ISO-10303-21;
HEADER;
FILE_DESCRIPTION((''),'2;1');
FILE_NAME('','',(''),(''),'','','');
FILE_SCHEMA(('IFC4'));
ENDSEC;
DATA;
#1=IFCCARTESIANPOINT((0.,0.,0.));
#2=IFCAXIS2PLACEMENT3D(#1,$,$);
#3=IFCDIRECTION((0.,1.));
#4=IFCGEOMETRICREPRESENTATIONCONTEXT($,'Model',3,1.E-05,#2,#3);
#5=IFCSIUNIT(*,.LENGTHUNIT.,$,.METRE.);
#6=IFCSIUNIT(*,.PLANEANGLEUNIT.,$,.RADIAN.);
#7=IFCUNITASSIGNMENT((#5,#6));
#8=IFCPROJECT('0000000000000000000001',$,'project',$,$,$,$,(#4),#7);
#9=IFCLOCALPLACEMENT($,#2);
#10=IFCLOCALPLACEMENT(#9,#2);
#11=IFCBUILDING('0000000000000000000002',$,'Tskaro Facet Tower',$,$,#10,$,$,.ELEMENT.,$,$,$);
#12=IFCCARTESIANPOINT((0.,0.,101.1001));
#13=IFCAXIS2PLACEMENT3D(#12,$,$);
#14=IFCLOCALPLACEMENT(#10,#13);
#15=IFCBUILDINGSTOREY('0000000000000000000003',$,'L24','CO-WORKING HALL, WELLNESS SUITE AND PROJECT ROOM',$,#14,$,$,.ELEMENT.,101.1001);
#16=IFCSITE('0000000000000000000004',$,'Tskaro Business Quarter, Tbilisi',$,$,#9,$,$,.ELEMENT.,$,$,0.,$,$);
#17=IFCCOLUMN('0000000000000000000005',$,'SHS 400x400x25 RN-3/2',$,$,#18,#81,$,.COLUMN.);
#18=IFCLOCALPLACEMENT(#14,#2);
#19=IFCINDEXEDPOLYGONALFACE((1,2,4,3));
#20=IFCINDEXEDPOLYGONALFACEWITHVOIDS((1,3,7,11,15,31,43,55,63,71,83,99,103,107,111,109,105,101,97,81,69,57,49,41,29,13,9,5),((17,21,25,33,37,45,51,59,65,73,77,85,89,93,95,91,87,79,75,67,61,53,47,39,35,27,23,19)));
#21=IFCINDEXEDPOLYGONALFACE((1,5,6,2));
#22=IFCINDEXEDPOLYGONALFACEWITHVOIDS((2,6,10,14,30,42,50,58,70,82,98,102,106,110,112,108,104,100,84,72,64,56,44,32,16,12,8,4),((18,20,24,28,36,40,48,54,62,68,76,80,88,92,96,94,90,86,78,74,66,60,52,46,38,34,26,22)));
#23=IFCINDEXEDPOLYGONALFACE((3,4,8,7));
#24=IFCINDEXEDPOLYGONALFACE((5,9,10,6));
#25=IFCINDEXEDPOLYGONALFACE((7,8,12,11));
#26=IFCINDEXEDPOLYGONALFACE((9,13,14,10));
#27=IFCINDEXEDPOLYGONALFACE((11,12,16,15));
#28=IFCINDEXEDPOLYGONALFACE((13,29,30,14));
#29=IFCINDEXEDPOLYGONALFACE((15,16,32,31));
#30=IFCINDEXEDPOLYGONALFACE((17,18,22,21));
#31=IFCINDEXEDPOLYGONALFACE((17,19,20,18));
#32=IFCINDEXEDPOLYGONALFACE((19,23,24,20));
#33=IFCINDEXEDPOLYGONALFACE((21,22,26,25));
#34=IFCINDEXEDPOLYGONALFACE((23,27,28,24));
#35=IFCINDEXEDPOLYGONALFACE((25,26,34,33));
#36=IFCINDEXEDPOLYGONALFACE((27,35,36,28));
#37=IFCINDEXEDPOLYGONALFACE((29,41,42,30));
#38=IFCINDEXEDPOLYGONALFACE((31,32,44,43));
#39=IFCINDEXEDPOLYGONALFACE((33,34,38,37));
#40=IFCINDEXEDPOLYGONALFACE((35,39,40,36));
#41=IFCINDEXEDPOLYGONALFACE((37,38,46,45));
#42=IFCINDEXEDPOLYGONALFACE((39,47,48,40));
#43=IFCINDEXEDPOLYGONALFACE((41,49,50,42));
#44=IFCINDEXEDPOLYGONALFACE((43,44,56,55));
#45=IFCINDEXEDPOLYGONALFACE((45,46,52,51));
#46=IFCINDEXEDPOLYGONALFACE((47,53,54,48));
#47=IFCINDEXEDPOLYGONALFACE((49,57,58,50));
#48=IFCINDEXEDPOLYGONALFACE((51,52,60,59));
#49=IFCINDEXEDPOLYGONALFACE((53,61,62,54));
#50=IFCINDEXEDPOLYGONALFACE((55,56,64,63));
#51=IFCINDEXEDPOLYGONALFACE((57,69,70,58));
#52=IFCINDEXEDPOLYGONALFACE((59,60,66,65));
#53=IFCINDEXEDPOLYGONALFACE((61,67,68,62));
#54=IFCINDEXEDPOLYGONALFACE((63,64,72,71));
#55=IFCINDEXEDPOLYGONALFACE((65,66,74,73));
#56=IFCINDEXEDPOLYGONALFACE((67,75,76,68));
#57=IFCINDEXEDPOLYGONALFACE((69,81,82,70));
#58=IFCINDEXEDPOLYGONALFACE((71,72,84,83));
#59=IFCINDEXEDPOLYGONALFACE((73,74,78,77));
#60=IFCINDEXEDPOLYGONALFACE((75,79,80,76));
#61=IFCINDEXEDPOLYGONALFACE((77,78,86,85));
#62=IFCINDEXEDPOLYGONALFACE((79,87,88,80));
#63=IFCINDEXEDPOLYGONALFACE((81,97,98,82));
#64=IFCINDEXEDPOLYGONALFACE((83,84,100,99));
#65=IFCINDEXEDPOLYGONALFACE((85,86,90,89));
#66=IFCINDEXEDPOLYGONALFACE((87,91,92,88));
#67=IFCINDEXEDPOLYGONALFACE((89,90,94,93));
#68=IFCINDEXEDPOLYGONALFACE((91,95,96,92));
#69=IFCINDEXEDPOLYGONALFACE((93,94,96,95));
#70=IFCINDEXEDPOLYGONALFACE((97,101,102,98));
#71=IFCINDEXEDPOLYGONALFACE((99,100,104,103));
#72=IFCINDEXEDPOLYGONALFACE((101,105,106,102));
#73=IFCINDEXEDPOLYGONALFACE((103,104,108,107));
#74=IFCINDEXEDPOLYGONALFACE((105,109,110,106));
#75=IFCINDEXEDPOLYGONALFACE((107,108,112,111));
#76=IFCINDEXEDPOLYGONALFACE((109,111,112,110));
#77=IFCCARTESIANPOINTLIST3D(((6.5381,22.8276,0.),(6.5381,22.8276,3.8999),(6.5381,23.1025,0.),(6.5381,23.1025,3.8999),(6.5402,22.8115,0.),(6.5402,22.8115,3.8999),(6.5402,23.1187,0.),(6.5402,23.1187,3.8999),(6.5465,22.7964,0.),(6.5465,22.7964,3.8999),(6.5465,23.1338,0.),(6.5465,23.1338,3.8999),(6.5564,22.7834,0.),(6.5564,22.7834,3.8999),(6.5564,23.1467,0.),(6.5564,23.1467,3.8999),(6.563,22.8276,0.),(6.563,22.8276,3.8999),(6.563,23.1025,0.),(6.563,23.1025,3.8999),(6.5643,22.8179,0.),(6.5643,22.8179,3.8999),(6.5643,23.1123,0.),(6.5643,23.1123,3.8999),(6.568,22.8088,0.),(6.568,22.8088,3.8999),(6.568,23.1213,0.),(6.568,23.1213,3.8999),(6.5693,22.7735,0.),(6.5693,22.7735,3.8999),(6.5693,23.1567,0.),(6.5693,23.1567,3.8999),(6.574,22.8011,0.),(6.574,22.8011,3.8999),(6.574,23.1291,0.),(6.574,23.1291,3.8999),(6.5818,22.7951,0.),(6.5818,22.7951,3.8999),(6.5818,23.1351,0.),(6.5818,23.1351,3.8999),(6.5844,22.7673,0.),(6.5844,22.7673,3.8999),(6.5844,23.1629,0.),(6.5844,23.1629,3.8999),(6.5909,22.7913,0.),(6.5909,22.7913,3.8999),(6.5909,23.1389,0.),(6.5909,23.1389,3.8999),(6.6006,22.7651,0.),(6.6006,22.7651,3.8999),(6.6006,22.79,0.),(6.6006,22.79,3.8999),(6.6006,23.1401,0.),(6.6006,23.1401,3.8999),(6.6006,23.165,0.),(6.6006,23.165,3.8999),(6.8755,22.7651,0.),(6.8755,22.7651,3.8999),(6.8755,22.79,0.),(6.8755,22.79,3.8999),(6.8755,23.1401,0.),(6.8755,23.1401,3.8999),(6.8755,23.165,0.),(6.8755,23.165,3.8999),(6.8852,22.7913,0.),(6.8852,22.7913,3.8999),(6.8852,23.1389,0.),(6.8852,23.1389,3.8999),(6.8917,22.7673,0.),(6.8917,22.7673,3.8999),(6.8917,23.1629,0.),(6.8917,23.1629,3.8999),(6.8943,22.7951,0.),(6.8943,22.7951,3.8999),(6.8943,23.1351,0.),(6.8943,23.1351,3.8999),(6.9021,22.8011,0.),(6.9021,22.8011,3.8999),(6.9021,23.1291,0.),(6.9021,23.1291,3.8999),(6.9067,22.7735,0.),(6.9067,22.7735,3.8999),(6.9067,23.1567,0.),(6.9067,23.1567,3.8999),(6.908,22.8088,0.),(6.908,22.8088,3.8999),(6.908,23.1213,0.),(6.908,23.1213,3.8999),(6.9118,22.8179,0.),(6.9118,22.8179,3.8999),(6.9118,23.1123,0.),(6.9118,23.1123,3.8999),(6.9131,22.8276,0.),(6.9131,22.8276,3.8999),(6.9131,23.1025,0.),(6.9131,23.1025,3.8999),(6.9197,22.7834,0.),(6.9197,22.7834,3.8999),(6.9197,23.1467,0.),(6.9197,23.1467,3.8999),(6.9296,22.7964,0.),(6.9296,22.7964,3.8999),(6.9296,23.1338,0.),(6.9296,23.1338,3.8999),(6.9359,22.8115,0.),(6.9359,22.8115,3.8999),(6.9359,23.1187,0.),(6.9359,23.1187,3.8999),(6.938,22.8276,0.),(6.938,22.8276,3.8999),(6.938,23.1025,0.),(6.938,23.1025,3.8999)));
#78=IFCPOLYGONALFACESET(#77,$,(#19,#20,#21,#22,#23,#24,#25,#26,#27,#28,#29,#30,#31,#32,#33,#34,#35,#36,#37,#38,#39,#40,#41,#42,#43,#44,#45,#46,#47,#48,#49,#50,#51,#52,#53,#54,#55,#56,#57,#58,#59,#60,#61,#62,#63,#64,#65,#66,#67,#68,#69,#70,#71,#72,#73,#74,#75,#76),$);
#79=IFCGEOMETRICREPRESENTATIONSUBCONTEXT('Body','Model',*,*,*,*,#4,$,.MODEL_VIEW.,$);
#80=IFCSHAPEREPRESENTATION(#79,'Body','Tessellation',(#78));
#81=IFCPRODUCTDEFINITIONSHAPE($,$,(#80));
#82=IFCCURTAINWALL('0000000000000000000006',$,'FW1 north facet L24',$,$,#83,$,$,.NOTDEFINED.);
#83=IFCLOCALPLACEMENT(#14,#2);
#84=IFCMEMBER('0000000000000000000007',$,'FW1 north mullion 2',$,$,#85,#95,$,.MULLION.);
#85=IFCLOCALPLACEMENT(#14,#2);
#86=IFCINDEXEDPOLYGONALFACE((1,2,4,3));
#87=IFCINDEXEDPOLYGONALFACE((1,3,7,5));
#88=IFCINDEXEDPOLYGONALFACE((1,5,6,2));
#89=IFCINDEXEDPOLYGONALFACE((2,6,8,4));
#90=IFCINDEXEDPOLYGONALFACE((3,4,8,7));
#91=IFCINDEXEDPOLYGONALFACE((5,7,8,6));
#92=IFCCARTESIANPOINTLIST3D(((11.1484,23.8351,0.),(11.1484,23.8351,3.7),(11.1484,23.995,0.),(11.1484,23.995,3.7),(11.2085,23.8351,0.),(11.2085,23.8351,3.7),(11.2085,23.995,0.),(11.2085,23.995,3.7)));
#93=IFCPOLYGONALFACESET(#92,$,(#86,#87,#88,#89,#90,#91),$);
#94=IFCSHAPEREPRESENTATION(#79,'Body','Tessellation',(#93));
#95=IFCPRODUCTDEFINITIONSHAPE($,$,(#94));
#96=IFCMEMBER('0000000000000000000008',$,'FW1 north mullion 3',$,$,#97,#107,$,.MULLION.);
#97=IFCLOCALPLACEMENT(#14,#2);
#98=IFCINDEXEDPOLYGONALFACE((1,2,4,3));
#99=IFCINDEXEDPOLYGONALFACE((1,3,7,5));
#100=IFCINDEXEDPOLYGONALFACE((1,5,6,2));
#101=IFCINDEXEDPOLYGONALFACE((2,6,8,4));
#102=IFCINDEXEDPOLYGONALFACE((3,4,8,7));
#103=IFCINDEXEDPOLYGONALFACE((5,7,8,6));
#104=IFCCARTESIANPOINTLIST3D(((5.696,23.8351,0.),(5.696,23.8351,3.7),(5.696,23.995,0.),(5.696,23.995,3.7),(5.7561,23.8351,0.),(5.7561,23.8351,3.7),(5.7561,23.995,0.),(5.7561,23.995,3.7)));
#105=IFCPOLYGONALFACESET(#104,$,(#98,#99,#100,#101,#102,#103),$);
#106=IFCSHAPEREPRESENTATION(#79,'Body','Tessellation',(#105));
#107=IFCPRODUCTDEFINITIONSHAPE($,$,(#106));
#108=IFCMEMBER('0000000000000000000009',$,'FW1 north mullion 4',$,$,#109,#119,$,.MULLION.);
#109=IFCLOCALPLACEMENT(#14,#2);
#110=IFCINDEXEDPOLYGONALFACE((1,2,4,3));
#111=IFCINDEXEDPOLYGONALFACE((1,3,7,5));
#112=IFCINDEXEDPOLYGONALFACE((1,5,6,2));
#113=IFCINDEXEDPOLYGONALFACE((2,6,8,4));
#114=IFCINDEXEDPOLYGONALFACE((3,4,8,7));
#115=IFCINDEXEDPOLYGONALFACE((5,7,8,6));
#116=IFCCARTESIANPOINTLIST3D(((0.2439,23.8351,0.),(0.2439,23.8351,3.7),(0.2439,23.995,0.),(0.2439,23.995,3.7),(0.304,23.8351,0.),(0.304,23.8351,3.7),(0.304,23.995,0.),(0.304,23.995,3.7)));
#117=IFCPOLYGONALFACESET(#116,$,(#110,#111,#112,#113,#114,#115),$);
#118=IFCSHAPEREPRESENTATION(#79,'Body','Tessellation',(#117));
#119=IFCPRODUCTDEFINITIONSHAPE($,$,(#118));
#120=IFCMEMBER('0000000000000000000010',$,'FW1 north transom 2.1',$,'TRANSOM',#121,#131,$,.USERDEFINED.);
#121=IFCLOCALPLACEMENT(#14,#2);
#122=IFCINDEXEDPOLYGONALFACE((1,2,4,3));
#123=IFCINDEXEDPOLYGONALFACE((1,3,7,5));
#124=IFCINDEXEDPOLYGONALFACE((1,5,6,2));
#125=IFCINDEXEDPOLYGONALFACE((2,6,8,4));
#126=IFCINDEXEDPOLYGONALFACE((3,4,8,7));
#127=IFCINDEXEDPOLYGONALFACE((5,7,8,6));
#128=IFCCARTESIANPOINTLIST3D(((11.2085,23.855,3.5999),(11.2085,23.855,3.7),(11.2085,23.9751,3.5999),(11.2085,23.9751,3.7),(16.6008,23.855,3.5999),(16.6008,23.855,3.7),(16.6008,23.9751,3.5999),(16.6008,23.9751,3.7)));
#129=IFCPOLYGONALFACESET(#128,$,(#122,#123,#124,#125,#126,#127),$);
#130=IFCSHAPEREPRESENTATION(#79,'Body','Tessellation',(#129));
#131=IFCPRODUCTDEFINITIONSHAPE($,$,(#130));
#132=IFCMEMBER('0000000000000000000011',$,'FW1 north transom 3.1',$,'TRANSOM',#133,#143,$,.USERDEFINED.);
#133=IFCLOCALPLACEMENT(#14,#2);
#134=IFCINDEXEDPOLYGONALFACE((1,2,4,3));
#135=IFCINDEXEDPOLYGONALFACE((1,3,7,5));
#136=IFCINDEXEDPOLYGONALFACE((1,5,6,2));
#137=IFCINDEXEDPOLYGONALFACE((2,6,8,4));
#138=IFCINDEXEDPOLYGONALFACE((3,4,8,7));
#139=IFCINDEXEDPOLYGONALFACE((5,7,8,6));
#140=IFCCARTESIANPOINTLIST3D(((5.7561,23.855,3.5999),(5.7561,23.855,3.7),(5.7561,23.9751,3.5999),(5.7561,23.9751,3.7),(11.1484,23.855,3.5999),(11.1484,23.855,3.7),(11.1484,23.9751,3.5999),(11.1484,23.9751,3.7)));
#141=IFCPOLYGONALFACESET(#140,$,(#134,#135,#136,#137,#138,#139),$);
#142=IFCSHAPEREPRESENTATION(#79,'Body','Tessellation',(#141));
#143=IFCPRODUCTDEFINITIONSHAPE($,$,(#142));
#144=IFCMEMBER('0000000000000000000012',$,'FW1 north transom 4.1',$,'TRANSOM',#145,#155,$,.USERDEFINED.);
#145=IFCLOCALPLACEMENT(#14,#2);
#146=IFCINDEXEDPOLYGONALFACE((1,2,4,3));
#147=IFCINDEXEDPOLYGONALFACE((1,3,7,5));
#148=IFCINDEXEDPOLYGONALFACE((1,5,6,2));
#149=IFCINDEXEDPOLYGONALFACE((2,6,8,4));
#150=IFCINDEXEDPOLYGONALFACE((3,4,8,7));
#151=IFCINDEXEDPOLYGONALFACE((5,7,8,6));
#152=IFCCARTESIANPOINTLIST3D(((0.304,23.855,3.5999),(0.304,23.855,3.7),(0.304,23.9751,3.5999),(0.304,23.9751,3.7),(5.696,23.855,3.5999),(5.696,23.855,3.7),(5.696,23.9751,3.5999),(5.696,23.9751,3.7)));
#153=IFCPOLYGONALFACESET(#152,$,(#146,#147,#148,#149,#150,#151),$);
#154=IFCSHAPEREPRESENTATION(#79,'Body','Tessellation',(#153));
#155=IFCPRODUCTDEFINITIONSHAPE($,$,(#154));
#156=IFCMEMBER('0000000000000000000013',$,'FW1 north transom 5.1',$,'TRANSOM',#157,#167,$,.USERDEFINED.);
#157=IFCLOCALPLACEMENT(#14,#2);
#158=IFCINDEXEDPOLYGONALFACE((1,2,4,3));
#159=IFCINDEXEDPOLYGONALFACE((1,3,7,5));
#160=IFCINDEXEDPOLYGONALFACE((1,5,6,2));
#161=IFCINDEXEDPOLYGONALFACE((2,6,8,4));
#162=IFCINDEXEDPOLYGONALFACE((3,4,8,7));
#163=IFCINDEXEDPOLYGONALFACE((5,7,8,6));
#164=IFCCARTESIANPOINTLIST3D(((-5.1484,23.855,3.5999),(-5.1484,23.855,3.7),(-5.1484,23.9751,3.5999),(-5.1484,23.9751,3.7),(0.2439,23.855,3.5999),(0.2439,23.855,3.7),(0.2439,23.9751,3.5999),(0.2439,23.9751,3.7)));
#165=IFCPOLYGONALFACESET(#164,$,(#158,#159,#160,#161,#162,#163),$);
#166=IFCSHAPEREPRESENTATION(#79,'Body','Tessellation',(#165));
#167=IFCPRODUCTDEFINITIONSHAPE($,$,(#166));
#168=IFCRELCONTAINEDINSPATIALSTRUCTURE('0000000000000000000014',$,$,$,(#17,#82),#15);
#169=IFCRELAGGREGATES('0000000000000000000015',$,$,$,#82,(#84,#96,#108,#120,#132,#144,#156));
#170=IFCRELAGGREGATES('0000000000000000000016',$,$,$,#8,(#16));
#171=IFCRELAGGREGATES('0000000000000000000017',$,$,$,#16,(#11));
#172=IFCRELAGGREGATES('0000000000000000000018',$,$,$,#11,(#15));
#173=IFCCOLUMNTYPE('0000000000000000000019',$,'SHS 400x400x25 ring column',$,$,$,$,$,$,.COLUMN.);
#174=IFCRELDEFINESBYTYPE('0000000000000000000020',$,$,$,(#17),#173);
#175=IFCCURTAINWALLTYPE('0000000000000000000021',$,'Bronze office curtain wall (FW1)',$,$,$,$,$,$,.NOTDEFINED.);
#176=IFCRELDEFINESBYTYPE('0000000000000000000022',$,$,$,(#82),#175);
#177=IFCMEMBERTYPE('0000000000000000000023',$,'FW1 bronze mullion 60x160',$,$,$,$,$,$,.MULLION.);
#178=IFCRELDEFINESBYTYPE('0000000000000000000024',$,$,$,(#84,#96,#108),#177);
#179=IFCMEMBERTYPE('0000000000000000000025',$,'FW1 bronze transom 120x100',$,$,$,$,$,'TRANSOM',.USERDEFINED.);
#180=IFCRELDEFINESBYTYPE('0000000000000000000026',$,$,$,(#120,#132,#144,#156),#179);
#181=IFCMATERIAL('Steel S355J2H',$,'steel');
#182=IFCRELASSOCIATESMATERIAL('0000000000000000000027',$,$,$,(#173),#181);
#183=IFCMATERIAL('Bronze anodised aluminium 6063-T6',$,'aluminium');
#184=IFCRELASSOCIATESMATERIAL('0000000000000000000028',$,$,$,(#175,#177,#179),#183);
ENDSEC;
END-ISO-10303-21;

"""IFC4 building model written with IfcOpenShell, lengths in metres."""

from ifc_helpers import new_model, si_unit, direction, frame, origin, origin_2d, place, context, subcontext, project, spatial, rectangle, hollow_rectangle, extrude, material, material_profile, profile_set, type_object, element, aggregate, save


model = new_model("IFC4")

# Units and contexts
model_context = context("Model", 3, precision=1e-05, world=origin(), true_north=direction((0.0, 1.0)))
body_context = subcontext(model_context, "Body", "Model", "MODEL_VIEW")
ifc_project = project(units=[si_unit("LENGTHUNIT", "METRE"), si_unit("PLANEANGLEUNIT", "RADIAN")], contexts=[model_context])

# Site, building, storey
site_placement = place(None, origin())
site = spatial("IfcSite", under=ifc_project, at=site_placement, Name="Tskaro Business Quarter, Tbilisi", CompositionType="ELEMENT", RefElevation=0.0)
building_placement = place(site_placement, origin())
building = spatial("IfcBuilding", under=site, at=building_placement, Name="Tskaro Facet Tower", CompositionType="ELEMENT")
storey_placement = place(building_placement, frame((0.0, 0.0, 101.1001)))
storey = spatial("IfcBuildingStorey", under=building, at=storey_placement, Name="L24", Description="CO-WORKING HALL, WELLNESS SUITE AND PROJECT ROOM", CompositionType="ELEMENT", Elevation=101.1001)

# Column
ifc_material_1 = material(Name="Steel S355J2H", Category="steel")
ifc_material_profile_1 = material_profile(ifc_material_1, hollow_rectangle(XDim=0.3999, YDim=0.3999, WallThickness=0.0249, InnerFilletRadius=0.0376, OuterFilletRadius=0.0625, at=origin_2d()), Name="SHS 400x400x25")
ifc_profile_set_1 = profile_set([ifc_material_profile_1], Name="Steel S355J2H")
column_type_1 = type_object("IfcColumnType", Name="SHS 400x400x25 ring column", PredefinedType="COLUMN", material=ifc_profile_set_1)
for number, where, z_axis, x_axis, name in (
    (1, (6.738, 22.9651, 0.0), (0.0, 0.0, 1.0), (1.0, 0.0, 0.0), "SHS 400x400x25 RN-3/2"),
):
    element("IfcColumn", number, at=place(storey_placement, frame(where, z_axis=z_axis, x_axis=x_axis)), inside=storey, type_object=column_type_1, Name=name, PredefinedType="COLUMN", context=body_context, shape_type="SweptSolid", body=[
        extrude(hollow_rectangle(XDim=0.3999, YDim=0.3999, WallThickness=0.0249, InnerFilletRadius=0.0376, OuterFilletRadius=0.0625, at=origin_2d()), origin(), (0.0, 0.0, 1.0), 3.8999),
    ])

# Curtain wall, members
ifc_material_2 = material(Name="Bronze anodised aluminium 6063-T6", Category="aluminium")
curtain_wall_type = type_object("IfcCurtainWallType", Name="Bronze office curtain wall (FW1)", PredefinedType="NOTDEFINED", material=ifc_material_2)
curtain_wall_placement = place(storey_placement, origin())
curtain_wall = element("IfcCurtainWall", 2, at=curtain_wall_placement, inside=storey, type_object=curtain_wall_type, Name="FW1 north facet L24", PredefinedType="NOTDEFINED")
ifc_material_profile_2 = material_profile(ifc_material_2, rectangle(XDim=0.0601, YDim=0.1599, at=origin_2d()), Name="Mullion 60x160")
ifc_profile_set_2 = profile_set([ifc_material_profile_2], Name="Bronze anodised aluminium 6063-T6")
member_type_1 = type_object("IfcMemberType", Name="FW1 bronze mullion 60x160", PredefinedType="MULLION", material=ifc_profile_set_2)
member_1_placement = place(storey_placement, frame((11.1785, 23.915, 0.0), z_axis=(0.0, 0.0, 1.0), x_axis=(-1.0, 0.0, 0.0)))
member_1 = element("IfcMember", 3, at=member_1_placement, type_object=member_type_1, Name="FW1 north mullion 2", PredefinedType="MULLION", context=body_context, shape_type="SweptSolid", body=[
    extrude(rectangle(XDim=0.0601, YDim=0.1599, at=origin_2d()), origin(), (0.0, 0.0, 1.0), 3.7),
])
member_2_placement = place(storey_placement, frame((5.7261, 23.915, 0.0), z_axis=(0.0, 0.0, 1.0), x_axis=(-1.0, 0.0, 0.0)))
member_2 = element("IfcMember", 4, at=member_2_placement, type_object=member_type_1, Name="FW1 north mullion 3", PredefinedType="MULLION", context=body_context, shape_type="SweptSolid", body=[
    extrude(rectangle(XDim=0.0601, YDim=0.1599, at=origin_2d()), origin(), (0.0, 0.0, 1.0), 3.7),
])
member_3_placement = place(storey_placement, frame((0.2739, 23.915, 0.0), z_axis=(0.0, 0.0, 1.0), x_axis=(-1.0, 0.0, 0.0)))
member_3 = element("IfcMember", 5, at=member_3_placement, type_object=member_type_1, Name="FW1 north mullion 4", PredefinedType="MULLION", context=body_context, shape_type="SweptSolid", body=[
    extrude(rectangle(XDim=0.0601, YDim=0.1599, at=origin_2d()), origin(), (0.0, 0.0, 1.0), 3.7),
])
ifc_material_profile_3 = material_profile(ifc_material_2, rectangle(XDim=0.1201, YDim=0.1001, at=origin_2d()), Name="Transom 120x100")
ifc_profile_set_3 = profile_set([ifc_material_profile_3], Name="Bronze anodised aluminium 6063-T6")
member_type_2 = type_object("IfcMemberType", Name="FW1 bronze transom 120x100", ElementType="TRANSOM", PredefinedType="USERDEFINED", material=ifc_profile_set_3)
member_4_placement = place(storey_placement, frame((16.6008, 23.915, 3.6499), z_axis=(-1.0, 0.0, 0.0), x_axis=(0.0, -1.0, 0.0)))
member_4 = element("IfcMember", 6, at=member_4_placement, type_object=member_type_2, Name="FW1 north transom 2.1", ObjectType="TRANSOM", PredefinedType="USERDEFINED", context=body_context, shape_type="SweptSolid", body=[
    extrude(rectangle(XDim=0.1201, YDim=0.1001, at=origin_2d()), origin(), (0.0, 0.0, 1.0), 5.3923),
])
member_5_placement = place(storey_placement, frame((11.1484, 23.915, 3.6499), z_axis=(-1.0, 0.0, 0.0), x_axis=(0.0, -1.0, 0.0)))
member_5 = element("IfcMember", 7, at=member_5_placement, type_object=member_type_2, Name="FW1 north transom 3.1", ObjectType="TRANSOM", PredefinedType="USERDEFINED", context=body_context, shape_type="SweptSolid", body=[
    extrude(rectangle(XDim=0.1201, YDim=0.1001, at=origin_2d()), origin(), (0.0, 0.0, 1.0), 5.3923),
])
member_6_placement = place(storey_placement, frame((5.696, 23.915, 3.6499), z_axis=(-1.0, 0.0, 0.0), x_axis=(0.0, -1.0, 0.0)))
member_6 = element("IfcMember", 8, at=member_6_placement, type_object=member_type_2, Name="FW1 north transom 4.1", ObjectType="TRANSOM", PredefinedType="USERDEFINED", context=body_context, shape_type="SweptSolid", body=[
    extrude(rectangle(XDim=0.1201, YDim=0.1001, at=origin_2d()), origin(), (0.0, 0.0, 1.0), 5.3921),
])
member_7_placement = place(storey_placement, frame((0.2439, 23.915, 3.6499), z_axis=(-1.0, 0.0, 0.0), x_axis=(0.0, -1.0, 0.0)))
member_7 = element("IfcMember", 9, at=member_7_placement, type_object=member_type_2, Name="FW1 north transom 5.1", ObjectType="TRANSOM", PredefinedType="USERDEFINED", context=body_context, shape_type="SweptSolid", body=[
    extrude(rectangle(XDim=0.1201, YDim=0.1001, at=origin_2d()), origin(), (0.0, 0.0, 1.0), 5.3923),
])

aggregate(curtain_wall, [member_1, member_2, member_3, member_4, member_5, member_6, member_7])

save(model, "model.ifc")
